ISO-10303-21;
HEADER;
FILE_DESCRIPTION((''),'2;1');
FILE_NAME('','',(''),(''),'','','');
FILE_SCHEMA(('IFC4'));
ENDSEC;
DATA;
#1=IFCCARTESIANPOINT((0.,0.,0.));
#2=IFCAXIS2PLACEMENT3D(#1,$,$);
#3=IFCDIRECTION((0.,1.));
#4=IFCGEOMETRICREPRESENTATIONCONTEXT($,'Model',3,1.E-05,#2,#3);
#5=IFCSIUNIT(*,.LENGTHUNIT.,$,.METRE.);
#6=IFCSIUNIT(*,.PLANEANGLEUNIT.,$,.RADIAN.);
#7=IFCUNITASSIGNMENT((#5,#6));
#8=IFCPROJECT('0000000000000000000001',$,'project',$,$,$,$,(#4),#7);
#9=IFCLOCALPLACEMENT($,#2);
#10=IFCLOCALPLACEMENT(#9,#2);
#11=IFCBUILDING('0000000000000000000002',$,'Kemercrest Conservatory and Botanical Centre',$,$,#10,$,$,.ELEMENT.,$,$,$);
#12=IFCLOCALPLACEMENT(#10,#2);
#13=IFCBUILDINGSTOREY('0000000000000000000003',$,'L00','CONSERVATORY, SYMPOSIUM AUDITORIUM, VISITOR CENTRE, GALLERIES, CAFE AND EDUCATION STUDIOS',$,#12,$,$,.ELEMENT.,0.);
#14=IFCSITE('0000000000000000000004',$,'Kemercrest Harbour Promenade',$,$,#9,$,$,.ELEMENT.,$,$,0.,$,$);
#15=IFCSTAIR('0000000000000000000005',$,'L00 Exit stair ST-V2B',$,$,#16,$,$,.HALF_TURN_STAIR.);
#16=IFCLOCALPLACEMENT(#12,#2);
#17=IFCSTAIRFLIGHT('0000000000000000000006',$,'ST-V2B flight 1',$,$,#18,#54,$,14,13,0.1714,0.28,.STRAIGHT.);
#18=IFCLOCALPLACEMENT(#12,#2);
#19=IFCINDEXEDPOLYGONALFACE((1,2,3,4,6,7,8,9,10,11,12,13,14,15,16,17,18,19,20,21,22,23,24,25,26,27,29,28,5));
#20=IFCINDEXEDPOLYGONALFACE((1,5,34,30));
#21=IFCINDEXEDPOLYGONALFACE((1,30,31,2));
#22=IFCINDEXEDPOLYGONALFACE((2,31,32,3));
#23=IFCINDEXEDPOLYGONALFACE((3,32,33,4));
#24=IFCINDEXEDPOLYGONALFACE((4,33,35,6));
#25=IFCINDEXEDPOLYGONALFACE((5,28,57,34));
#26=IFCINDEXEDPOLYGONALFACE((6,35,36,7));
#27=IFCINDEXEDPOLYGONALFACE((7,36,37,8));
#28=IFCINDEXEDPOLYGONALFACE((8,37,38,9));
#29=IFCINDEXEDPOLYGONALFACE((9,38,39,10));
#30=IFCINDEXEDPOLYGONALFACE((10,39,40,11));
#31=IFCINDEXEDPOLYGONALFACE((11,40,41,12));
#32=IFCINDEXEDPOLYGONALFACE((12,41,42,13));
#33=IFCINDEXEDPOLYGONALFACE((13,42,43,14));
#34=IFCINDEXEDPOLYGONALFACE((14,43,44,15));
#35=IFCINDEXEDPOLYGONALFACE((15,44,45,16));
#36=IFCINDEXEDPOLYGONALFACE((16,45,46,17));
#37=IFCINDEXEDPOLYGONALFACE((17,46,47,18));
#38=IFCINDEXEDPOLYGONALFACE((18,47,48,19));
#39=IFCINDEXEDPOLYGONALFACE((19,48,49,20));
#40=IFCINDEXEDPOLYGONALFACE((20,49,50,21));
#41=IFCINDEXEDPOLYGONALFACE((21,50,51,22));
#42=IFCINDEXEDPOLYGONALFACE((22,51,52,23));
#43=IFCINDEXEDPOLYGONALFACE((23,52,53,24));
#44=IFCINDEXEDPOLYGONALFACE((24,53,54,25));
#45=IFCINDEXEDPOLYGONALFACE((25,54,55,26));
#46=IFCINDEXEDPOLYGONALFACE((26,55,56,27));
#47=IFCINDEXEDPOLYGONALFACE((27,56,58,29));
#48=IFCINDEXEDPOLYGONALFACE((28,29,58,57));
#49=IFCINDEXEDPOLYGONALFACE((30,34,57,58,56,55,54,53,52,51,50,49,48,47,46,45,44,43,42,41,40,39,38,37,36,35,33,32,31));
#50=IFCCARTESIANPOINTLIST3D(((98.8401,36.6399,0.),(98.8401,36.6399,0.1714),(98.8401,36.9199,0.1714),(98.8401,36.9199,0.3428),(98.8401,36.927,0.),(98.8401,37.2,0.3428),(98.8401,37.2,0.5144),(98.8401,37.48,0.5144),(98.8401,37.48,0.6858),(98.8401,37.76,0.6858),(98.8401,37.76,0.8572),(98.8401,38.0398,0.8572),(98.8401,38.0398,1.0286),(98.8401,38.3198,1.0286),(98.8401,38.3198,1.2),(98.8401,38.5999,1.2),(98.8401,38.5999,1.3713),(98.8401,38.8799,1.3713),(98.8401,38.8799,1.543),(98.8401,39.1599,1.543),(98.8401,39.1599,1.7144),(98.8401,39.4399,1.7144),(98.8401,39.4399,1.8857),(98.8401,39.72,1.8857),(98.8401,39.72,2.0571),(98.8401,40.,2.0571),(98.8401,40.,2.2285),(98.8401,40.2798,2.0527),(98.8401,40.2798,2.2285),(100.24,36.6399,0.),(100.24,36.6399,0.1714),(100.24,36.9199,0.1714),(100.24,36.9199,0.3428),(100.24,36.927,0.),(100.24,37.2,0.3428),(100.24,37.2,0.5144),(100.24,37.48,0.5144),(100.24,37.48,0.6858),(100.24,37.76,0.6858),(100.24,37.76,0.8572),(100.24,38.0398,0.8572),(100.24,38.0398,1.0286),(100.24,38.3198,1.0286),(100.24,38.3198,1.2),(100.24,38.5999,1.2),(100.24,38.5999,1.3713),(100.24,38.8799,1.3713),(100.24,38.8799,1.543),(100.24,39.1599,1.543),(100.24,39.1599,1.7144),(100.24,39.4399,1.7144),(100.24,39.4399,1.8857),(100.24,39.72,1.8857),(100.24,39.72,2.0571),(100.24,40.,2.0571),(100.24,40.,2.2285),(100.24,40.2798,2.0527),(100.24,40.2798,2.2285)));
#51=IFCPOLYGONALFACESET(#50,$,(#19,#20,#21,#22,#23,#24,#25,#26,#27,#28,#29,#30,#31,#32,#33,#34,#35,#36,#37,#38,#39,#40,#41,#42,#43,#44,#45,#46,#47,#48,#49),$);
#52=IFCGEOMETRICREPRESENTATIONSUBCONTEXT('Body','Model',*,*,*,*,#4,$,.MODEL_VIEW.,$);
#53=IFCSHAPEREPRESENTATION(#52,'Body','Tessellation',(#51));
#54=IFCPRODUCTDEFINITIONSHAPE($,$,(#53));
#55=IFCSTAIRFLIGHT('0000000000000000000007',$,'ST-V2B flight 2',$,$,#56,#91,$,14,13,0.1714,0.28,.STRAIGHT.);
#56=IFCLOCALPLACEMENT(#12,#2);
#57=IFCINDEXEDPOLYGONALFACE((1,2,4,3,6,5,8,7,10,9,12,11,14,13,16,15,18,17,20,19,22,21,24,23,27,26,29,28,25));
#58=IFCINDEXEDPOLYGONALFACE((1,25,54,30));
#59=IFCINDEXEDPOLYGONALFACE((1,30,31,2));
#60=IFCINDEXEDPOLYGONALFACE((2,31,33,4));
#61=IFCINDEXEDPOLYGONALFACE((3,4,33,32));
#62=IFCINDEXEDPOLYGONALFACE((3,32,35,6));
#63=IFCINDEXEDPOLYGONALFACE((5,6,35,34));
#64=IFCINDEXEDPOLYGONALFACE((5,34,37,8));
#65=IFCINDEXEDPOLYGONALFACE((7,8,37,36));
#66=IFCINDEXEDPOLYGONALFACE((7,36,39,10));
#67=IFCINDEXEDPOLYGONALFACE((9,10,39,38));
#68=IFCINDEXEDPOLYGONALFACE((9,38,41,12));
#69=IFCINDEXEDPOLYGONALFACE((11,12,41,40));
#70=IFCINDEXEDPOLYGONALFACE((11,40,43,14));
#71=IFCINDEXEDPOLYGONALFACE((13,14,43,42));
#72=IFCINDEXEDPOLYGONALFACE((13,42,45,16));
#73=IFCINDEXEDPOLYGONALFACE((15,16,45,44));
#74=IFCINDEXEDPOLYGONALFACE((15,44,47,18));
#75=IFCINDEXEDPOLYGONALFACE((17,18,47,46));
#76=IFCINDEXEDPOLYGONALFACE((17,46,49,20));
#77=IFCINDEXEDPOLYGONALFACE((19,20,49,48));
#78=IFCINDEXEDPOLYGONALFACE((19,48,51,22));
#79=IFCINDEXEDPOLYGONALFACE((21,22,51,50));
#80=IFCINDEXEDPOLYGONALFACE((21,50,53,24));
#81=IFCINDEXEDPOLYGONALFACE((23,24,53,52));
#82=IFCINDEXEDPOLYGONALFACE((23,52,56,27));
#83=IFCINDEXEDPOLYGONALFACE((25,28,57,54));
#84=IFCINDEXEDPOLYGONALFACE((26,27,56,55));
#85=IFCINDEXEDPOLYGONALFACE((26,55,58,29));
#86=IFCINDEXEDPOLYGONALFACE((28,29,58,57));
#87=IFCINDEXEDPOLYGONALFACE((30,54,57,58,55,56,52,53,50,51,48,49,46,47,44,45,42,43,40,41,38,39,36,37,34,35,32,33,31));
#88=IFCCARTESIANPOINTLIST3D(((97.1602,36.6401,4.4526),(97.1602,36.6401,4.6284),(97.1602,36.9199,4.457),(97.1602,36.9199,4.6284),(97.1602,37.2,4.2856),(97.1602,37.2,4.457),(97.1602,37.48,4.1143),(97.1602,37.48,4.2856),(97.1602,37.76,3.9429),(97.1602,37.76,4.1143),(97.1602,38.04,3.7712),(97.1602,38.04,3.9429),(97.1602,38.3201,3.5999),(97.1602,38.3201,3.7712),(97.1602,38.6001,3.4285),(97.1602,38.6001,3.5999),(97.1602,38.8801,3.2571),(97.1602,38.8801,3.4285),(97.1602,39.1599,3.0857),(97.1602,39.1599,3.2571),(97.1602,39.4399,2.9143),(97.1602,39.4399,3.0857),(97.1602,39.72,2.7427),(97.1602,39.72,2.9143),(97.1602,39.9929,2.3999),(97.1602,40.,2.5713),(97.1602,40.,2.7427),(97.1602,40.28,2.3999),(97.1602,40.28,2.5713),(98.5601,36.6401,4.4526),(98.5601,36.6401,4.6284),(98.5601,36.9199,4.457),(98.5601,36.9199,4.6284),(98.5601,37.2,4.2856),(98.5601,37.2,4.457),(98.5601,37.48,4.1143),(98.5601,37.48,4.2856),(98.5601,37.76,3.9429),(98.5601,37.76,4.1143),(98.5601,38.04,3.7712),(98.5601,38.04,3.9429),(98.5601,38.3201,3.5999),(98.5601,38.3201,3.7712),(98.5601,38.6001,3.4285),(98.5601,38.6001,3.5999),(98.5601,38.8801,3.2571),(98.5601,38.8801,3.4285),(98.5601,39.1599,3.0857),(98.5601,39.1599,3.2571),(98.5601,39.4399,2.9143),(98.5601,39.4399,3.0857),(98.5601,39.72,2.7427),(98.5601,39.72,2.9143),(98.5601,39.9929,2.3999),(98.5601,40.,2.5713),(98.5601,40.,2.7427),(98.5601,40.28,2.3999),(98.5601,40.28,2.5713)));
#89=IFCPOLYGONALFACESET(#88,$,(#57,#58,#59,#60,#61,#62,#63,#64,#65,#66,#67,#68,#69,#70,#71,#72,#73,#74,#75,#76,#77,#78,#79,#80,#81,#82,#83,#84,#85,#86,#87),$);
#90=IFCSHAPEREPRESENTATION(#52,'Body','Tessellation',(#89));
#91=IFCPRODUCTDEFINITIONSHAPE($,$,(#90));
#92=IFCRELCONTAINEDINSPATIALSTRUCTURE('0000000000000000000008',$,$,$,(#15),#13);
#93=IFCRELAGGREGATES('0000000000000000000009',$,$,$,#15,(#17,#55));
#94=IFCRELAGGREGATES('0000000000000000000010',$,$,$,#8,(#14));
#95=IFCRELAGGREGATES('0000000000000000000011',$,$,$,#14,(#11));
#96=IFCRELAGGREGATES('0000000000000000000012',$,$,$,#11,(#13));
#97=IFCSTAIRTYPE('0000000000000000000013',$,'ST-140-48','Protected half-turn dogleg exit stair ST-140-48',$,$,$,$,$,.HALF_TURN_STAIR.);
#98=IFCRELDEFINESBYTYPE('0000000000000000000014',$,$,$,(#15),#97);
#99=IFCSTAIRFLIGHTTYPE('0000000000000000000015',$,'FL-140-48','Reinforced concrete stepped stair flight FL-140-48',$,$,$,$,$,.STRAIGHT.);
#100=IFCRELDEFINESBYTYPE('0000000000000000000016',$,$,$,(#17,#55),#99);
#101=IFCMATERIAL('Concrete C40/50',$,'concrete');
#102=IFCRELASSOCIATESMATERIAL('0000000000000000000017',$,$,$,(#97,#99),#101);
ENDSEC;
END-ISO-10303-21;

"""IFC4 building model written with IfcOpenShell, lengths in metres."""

from ifc_helpers import new_model, si_unit, direction, frame, origin, place, context, subcontext, project, spatial, polyline, outline, extrude, material, type_object, element, aggregate, save


model = new_model("IFC4")

# Units and contexts
model_context = context("Model", 3, precision=1e-05, world=origin(), true_north=direction((0.0, 1.0)))
body_context = subcontext(model_context, "Body", "Model", "MODEL_VIEW")
ifc_project = project(units=[si_unit("LENGTHUNIT", "METRE"), si_unit("PLANEANGLEUNIT", "RADIAN")], contexts=[model_context])

# Site, building, storey
site_placement = place(None, origin())
site = spatial("IfcSite", under=ifc_project, at=site_placement, Name="Kemercrest Harbour Promenade", CompositionType="ELEMENT", RefElevation=0.0)
building_placement = place(site_placement, origin())
building = spatial("IfcBuilding", under=site, at=building_placement, Name="Kemercrest Conservatory and Botanical Centre", CompositionType="ELEMENT")
storey_placement = place(building_placement, origin())
storey = spatial("IfcBuildingStorey", under=building, at=storey_placement, Name="L00", Description="CONSERVATORY, SYMPOSIUM AUDITORIUM, VISITOR CENTRE, GALLERIES, CAFE AND EDUCATION STUDIOS", CompositionType="ELEMENT", Elevation=0.0)

# Shared definitions
ifc_material_1 = material(Name="Concrete C40/50", Category="concrete")

# Stair, stair flights
stair_type = type_object("IfcStairType", Name="ST-140-48", Description="Protected half-turn dogleg exit stair ST-140-48", PredefinedType="HALF_TURN_STAIR", material=ifc_material_1)
stair_placement = place(storey_placement, origin())
stair = element("IfcStair", 1, at=stair_placement, inside=storey, type_object=stair_type, Name="L00 Exit stair ST-V2B", PredefinedType="HALF_TURN_STAIR")
stair_flight_type = type_object("IfcStairFlightType", Name="FL-140-48", Description="Reinforced concrete stepped stair flight FL-140-48", PredefinedType="STRAIGHT", material=ifc_material_1)
stair_flight_1_placement = place(storey_placement, frame((99.54, 36.6399, 0.0), z_axis=(0.0, 0.0, 1.0), x_axis=(0.0, 1.0, 0.0)))
stair_flight_1 = element("IfcStairFlight", 2, at=stair_flight_1_placement, type_object=stair_flight_type, Name="ST-V2B flight 1", NumberOfRisers=14, NumberOfTreads=13, PredefinedType="STRAIGHT", RiserHeight=0.1714, TreadLength=0.28, context=body_context, shape_type="SweptSolid", body=[
    extrude(outline(polyline([(0.0, 0.0), (0.0, 0.1714), (0.28, 0.1714), (0.28, 0.3428), (0.5601, 0.3428), (0.5601, 0.5144), (0.8401, 0.5144), (0.8401, 0.6858), (1.1201, 0.6858), (1.1201, 0.8572), (1.3999, 0.8572), (1.3999, 1.0286), (1.6799, 1.0286), (1.6799, 1.2), (1.96, 1.2), (1.96, 1.3713), (2.24, 1.3713), (2.24, 1.543), (2.52, 1.543), (2.52, 1.7144), (2.8, 1.7144), (2.8, 1.8857), (3.0801, 1.8857), (3.0801, 2.0571), (3.3601, 2.0571), (3.3601, 2.2285), (3.6399, 2.2285), (3.6399, 2.3999), (3.6399, 2.0527), (0.2871, 0.0), (0.0, 0.0)])), frame((0.0, 0.7, 0.0), z_axis=(0.0, -1.0, 0.0), x_axis=(1.0, 0.0, 0.0)), (0.0, 0.0, 1.0), 1.3999),
])
stair_flight_2_placement = place(storey_placement, frame((97.8601, 40.28, 2.3999), z_axis=(0.0, 0.0, 1.0), x_axis=(0.0, -1.0, 0.0)))
stair_flight_2 = element("IfcStairFlight", 3, at=stair_flight_2_placement, type_object=stair_flight_type, Name="ST-V2B flight 2", NumberOfRisers=14, NumberOfTreads=13, PredefinedType="STRAIGHT", RiserHeight=0.1714, TreadLength=0.28, context=body_context, shape_type="SweptSolid", body=[
    extrude(outline(polyline([(0.0, 0.0), (0.0, 0.1714), (0.28, 0.1714), (0.28, 0.3428), (0.5601, 0.3428), (0.5601, 0.5144), (0.8401, 0.5144), (0.8401, 0.6858), (1.1201, 0.6858), (1.1201, 0.8572), (1.3999, 0.8572), (1.3999, 1.0286), (1.6799, 1.0286), (1.6799, 1.2), (1.96, 1.2), (1.96, 1.3713), (2.24, 1.3713), (2.24, 1.543), (2.52, 1.543), (2.52, 1.7144), (2.8, 1.7144), (2.8, 1.8857), (3.0801, 1.8857), (3.0801, 2.0571), (3.3601, 2.0571), (3.3601, 2.2285), (3.6399, 2.2285), (3.6399, 2.3999), (3.6399, 2.0527), (0.2871, 0.0), (0.0, 0.0)])), frame((0.0, 0.7, 0.0), z_axis=(0.0, -1.0, 0.0), x_axis=(1.0, 0.0, 0.0)), (0.0, 0.0, 1.0), 1.3999),
])
aggregate(stair, [stair_flight_1, stair_flight_2])

save(model, "model.ifc")
